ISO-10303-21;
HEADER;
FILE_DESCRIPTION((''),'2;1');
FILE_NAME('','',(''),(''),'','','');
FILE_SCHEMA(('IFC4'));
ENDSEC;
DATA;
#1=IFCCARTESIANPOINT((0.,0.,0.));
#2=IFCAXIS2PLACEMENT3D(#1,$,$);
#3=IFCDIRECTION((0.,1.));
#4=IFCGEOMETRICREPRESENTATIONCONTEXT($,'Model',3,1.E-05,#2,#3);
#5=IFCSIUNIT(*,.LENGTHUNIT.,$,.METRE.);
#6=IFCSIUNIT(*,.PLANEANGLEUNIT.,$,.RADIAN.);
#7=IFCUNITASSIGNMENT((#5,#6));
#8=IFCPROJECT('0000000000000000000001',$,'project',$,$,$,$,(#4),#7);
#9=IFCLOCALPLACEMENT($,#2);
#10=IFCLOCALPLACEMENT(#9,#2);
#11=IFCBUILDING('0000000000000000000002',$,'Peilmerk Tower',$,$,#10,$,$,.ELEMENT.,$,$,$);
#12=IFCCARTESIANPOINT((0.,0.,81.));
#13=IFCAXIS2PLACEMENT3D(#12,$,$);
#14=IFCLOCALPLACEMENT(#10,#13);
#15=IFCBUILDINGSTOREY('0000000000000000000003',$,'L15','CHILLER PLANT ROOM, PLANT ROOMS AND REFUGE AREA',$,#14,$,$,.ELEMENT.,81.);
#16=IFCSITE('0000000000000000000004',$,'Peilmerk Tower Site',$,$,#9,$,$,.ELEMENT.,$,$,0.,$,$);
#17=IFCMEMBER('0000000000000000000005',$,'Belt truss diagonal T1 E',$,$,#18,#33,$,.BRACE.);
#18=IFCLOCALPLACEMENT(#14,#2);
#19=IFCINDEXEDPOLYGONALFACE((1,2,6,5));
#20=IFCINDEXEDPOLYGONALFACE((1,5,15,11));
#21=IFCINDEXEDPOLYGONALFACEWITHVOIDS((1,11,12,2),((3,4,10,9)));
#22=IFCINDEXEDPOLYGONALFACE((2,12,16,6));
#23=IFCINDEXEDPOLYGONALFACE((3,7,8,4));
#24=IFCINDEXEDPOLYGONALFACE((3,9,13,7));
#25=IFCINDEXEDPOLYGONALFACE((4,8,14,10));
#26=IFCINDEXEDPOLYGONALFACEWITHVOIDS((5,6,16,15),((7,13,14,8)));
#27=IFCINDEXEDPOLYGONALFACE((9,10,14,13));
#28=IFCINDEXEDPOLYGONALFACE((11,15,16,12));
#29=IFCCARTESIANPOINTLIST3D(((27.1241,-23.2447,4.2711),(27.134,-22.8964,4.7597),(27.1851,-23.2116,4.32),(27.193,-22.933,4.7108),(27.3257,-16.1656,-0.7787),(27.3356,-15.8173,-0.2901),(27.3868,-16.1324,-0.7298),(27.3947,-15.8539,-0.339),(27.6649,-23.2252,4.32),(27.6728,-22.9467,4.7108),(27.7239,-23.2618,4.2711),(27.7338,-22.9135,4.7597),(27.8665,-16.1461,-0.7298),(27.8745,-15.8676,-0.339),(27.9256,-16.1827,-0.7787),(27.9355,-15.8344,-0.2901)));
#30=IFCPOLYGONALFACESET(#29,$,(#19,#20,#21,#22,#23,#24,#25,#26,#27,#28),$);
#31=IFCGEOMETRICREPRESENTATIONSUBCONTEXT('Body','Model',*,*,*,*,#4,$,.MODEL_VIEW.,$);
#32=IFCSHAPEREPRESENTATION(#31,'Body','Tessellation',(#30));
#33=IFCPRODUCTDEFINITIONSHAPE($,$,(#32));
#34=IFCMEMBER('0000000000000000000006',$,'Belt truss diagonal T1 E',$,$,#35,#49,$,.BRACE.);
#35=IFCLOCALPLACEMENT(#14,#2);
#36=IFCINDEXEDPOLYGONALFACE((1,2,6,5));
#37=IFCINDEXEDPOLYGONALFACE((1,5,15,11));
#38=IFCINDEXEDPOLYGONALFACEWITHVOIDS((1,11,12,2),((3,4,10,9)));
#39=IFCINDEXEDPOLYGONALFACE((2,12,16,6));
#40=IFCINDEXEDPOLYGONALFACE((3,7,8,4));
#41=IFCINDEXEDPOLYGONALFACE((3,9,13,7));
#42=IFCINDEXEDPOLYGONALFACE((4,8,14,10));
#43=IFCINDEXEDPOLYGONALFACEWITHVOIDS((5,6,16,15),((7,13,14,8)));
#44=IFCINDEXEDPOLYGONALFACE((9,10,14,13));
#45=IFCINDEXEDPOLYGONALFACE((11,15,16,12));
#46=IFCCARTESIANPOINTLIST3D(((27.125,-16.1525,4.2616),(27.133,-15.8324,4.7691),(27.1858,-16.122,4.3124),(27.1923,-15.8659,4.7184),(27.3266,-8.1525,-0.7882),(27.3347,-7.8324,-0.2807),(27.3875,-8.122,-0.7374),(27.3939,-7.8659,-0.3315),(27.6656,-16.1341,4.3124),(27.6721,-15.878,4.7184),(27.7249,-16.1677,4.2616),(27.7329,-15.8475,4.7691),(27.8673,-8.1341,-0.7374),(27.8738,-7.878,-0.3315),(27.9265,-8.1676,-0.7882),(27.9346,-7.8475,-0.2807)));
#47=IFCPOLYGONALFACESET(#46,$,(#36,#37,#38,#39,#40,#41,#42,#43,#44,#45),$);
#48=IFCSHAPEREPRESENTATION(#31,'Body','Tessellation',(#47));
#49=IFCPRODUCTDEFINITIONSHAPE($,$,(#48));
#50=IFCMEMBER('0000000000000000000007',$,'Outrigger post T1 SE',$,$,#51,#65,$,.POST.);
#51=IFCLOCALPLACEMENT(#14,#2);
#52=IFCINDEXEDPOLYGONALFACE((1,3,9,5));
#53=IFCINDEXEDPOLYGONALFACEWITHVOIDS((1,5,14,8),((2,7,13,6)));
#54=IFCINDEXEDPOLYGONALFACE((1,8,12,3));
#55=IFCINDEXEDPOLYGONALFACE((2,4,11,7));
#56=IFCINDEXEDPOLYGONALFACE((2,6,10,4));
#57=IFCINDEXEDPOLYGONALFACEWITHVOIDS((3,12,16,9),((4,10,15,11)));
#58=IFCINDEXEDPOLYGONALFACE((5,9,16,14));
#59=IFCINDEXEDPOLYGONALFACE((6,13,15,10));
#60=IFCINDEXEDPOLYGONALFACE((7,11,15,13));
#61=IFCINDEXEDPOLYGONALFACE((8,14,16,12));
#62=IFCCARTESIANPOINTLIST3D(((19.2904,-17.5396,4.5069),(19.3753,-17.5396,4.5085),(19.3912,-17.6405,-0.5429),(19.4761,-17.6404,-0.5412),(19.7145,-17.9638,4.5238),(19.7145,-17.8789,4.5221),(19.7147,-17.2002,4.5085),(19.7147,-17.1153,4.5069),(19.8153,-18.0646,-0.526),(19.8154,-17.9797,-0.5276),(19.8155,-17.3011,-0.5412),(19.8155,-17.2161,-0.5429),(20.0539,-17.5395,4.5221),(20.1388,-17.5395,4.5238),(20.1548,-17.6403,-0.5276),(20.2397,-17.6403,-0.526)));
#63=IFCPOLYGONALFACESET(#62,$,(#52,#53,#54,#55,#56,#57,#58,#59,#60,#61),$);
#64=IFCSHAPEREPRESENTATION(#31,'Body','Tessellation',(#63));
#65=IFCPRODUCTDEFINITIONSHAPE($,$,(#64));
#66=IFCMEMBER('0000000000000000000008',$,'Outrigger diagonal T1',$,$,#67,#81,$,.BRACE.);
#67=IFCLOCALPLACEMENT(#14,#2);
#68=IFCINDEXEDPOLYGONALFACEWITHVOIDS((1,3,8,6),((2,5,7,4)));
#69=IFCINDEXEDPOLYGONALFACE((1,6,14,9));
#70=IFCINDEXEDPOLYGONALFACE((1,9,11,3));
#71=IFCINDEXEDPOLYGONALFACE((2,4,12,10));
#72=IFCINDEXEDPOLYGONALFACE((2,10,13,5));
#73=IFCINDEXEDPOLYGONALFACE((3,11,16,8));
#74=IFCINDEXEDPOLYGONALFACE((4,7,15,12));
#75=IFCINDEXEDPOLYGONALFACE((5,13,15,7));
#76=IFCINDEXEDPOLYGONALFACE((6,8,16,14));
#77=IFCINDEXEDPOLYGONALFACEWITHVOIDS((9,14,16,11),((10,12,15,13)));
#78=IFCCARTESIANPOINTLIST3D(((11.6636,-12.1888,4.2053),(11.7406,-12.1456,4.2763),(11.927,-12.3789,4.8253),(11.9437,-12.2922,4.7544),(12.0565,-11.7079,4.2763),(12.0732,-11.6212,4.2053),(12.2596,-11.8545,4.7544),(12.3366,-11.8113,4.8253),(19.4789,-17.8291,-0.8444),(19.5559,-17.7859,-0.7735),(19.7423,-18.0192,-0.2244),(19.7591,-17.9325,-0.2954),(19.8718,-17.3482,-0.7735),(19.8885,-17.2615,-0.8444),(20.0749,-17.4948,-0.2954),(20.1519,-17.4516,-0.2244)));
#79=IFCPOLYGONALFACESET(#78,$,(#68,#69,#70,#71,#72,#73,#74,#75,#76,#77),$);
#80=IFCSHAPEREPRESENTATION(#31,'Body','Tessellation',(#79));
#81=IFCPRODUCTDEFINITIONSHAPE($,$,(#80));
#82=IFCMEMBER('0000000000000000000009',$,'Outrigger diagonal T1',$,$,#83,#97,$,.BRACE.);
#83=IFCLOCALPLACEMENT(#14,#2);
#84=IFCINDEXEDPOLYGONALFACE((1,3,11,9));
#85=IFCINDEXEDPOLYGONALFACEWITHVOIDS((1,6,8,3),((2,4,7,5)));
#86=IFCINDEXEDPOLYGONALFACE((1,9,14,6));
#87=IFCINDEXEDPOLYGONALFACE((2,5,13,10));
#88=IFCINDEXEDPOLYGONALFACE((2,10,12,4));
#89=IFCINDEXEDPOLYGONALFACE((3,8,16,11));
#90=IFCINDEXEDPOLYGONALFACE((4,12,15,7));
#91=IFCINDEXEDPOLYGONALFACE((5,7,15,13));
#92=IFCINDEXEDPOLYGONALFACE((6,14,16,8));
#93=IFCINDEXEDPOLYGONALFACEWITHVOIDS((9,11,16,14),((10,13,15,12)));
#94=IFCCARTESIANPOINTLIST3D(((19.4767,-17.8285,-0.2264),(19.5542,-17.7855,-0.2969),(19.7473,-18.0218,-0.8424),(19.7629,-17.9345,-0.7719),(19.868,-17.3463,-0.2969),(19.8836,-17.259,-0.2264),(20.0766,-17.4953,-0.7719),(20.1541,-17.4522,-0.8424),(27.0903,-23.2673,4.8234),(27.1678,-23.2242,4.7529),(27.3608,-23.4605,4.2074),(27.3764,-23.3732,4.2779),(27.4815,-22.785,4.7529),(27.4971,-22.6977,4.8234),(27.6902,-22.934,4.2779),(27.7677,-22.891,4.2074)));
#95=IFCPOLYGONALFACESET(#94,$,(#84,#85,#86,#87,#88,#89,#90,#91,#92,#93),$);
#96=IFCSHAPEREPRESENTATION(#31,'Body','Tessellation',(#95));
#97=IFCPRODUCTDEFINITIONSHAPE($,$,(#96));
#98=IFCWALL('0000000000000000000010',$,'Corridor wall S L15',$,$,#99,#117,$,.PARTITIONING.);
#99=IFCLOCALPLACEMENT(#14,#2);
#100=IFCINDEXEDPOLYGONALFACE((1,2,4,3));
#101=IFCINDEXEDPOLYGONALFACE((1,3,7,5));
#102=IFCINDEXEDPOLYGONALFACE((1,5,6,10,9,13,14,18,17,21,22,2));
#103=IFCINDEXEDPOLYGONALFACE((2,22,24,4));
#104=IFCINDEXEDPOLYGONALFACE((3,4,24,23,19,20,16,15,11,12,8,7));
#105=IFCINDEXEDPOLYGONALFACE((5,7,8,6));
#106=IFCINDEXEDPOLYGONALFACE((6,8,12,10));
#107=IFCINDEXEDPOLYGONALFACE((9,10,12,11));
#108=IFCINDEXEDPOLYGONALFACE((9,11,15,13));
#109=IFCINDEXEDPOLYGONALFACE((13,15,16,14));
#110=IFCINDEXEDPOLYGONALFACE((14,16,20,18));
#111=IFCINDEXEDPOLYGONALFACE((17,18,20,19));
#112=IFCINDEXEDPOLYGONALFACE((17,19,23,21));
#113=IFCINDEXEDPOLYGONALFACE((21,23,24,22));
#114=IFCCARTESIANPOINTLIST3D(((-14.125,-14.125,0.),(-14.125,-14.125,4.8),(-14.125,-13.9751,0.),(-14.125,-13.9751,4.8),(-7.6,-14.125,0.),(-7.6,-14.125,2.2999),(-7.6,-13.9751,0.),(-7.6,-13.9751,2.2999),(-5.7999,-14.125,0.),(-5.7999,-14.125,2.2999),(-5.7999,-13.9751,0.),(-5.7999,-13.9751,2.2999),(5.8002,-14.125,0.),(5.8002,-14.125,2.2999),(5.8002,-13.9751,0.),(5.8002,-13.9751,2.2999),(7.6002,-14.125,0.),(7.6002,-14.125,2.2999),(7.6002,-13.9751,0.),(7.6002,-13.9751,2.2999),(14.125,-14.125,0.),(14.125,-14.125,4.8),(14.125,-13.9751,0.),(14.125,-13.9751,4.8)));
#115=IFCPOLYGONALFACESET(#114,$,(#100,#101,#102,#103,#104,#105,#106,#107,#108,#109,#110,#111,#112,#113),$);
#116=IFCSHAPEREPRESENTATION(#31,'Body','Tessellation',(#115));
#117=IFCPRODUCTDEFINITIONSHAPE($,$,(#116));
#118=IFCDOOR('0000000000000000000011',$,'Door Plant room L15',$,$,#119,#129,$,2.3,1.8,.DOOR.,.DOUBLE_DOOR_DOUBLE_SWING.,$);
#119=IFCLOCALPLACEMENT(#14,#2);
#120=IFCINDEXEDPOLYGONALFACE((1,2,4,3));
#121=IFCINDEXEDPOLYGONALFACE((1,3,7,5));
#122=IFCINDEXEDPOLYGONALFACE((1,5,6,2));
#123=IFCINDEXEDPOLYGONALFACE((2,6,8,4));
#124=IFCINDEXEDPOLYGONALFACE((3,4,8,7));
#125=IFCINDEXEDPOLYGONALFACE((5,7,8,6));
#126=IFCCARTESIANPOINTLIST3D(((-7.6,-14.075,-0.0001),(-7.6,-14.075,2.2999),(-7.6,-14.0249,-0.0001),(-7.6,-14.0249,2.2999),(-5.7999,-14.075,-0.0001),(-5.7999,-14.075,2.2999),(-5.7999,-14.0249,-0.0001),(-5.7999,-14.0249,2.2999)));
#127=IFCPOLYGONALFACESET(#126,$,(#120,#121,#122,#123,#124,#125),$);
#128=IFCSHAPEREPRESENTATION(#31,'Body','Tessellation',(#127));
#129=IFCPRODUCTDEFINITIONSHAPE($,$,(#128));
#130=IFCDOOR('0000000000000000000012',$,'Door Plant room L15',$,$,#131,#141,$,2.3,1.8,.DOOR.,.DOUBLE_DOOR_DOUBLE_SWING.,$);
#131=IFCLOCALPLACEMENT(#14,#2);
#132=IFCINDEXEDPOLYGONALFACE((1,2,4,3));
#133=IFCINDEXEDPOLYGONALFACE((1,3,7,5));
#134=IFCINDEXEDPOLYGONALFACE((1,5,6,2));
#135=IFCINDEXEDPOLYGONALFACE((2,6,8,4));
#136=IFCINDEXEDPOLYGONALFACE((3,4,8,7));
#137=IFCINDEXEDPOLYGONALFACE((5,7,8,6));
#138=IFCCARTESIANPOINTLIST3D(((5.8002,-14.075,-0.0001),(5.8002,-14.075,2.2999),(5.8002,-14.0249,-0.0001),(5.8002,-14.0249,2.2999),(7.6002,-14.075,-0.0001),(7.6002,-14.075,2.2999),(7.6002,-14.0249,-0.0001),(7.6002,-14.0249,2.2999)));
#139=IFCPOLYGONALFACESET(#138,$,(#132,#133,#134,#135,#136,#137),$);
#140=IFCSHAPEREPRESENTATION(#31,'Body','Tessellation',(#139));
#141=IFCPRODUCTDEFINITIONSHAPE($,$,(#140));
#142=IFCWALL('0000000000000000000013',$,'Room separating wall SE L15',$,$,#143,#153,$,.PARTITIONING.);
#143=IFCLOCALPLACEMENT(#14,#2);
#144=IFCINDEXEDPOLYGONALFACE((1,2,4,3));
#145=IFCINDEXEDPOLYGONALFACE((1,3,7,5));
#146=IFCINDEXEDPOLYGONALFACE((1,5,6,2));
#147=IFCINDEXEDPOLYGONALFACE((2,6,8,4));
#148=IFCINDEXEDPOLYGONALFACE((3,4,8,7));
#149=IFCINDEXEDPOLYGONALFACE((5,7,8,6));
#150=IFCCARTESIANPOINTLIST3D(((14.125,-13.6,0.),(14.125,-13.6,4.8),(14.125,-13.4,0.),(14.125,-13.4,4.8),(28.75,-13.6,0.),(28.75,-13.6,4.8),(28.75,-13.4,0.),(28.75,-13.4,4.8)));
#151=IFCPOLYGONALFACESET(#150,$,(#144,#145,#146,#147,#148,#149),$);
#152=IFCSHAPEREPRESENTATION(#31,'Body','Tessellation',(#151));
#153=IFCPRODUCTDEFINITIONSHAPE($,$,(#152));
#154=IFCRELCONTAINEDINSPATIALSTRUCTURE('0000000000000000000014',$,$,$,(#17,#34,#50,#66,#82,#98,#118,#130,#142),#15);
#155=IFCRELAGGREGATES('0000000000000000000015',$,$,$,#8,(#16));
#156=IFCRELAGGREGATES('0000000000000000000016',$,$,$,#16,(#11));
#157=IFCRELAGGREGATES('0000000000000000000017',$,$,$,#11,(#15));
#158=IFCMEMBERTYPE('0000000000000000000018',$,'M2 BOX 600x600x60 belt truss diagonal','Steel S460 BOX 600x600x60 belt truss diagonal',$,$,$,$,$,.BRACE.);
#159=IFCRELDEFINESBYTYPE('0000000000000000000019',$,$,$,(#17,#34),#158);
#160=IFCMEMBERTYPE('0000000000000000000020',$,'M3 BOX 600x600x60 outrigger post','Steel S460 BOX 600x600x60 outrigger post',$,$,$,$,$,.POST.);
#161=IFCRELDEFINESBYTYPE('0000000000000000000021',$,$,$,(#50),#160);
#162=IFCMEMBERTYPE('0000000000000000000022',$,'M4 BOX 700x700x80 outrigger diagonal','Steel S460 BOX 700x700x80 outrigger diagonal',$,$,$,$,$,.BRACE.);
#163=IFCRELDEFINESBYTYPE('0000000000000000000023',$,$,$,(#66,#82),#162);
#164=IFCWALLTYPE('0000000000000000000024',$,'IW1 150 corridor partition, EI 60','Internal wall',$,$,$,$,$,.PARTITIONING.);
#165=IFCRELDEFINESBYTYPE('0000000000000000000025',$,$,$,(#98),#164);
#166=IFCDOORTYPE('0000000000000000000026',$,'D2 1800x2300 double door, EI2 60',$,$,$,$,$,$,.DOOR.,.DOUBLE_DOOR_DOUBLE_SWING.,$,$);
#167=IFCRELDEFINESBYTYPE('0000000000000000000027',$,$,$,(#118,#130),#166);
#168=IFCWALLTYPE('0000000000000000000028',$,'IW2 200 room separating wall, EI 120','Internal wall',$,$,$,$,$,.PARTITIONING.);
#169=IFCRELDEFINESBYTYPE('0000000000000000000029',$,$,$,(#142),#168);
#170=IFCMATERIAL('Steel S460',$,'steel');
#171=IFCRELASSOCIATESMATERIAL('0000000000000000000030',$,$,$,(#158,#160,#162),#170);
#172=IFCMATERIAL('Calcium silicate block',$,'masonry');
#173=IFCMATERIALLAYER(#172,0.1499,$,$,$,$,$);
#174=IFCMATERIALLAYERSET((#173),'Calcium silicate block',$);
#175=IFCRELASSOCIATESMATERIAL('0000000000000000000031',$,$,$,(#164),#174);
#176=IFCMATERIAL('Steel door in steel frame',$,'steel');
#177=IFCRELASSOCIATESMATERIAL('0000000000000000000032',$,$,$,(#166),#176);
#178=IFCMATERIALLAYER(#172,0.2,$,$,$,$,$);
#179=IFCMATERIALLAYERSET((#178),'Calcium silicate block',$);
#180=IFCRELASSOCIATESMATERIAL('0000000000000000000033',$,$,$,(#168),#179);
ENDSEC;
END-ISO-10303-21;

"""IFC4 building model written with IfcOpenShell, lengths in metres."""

from ifc_helpers import new_model, si_unit, direction, frame, frame_2d, origin, origin_2d, place, context, subcontext, project, spatial, rectangle, hollow_rectangle, extrude, material, layer, layer_set, material_profile, profile_set, type_object, element, fill, save


model = new_model("IFC4")

# Units and contexts
model_context = context("Model", 3, precision=1e-05, world=origin(), true_north=direction((0.0, 1.0)))
body_context = subcontext(model_context, "Body", "Model", "MODEL_VIEW")
ifc_project = project(units=[si_unit("LENGTHUNIT", "METRE"), si_unit("PLANEANGLEUNIT", "RADIAN")], contexts=[model_context])

# Site, building, storey
site_placement = place(None, origin())
site = spatial("IfcSite", under=ifc_project, at=site_placement, Name="Peilmerk Tower Site", CompositionType="ELEMENT", RefElevation=0.0)
building_placement = place(site_placement, origin())
building = spatial("IfcBuilding", under=site, at=building_placement, Name="Peilmerk Tower", CompositionType="ELEMENT")
storey_placement = place(building_placement, frame((0.0, 0.0, 81.0)))
storey = spatial("IfcBuildingStorey", under=building, at=storey_placement, Name="L15", Description="CHILLER PLANT ROOM, PLANT ROOMS AND REFUGE AREA", CompositionType="ELEMENT", Elevation=81.0)

# Shared definitions
ifc_material_1 = material(Name="Steel S460", Category="steel")

# Members
ifc_material_profile_1 = material_profile(ifc_material_1, hollow_rectangle(XDim=0.6001, YDim=0.6001, WallThickness=0.0601, at=origin_2d()), Name="BOX 600x600x60")
ifc_profile_set_1 = profile_set([ifc_material_profile_1], Name="Steel S460")
member_type_1 = type_object("IfcMemberType", Name="M2 BOX 600x600x60 belt truss diagonal", Description="Steel S460 BOX 600x600x60 belt truss diagonal", PredefinedType="BRACE", material=ifc_profile_set_1)
member_1_placement = place(storey_placement, frame((27.6306, -16.0, -0.5344), z_axis=(-0.023185, -0.813879, 0.580572), x_axis=(0.999595, -0.028475, 0.0)))
element("IfcMember", 1, at=member_1_placement, inside=storey, type_object=member_type_1, Name="Belt truss diagonal T1 E", PredefinedType="BRACE", context=body_context, shape_type="SweptSolid", body=[
    extrude(hollow_rectangle(XDim=0.6001, YDim=0.6001, WallThickness=0.0601, at=origin_2d()), origin(), (0.0, 0.0, 1.0), 8.698),
])
member_2_placement = place(storey_placement, frame((27.6306, -8.0, -0.5344), z_axis=(-0.021311, -0.845432, 0.533658), x_axis=(0.999682, -0.0252, 0.0)))
element("IfcMember", 2, at=member_2_placement, inside=storey, type_object=member_type_1, Name="Belt truss diagonal T1 E", PredefinedType="BRACE", context=body_context, shape_type="SweptSolid", body=[
    extrude(hollow_rectangle(XDim=0.6001, YDim=0.6001, WallThickness=0.0601, at=origin_2d()), origin(), (0.0, 0.0, 1.0), 9.4626),
])
ifc_material_profile_2 = material_profile(ifc_material_1, hollow_rectangle(XDim=0.6001, YDim=0.6001, WallThickness=0.0601, at=origin_2d()), Name="BOX 600x600x60")
ifc_profile_set_2 = profile_set([ifc_material_profile_2], Name="Steel S460")
member_type_2 = type_object("IfcMemberType", Name="M3 BOX 600x600x60 outrigger post", Description="Steel S460 BOX 600x600x60 outrigger post", PredefinedType="POST", material=ifc_profile_set_2)
member_3_placement = place(storey_placement, frame((19.8154, -17.6404, -0.5344), z_axis=(-0.019959, 0.019959, 0.999602), x_axis=(-0.707107, -0.707107, 0.0)))
element("IfcMember", 3, at=member_3_placement, inside=storey, type_object=member_type_2, Name="Outrigger post T1 SE", PredefinedType="POST", context=body_context, shape_type="SweptSolid", body=[
    extrude(hollow_rectangle(XDim=0.6001, YDim=0.6001, WallThickness=0.0601, at=origin_2d()), origin(), (0.0, 0.0, 1.0), 5.0518),
])
ifc_material_profile_3 = material_profile(ifc_material_1, hollow_rectangle(XDim=0.7, YDim=0.7, WallThickness=0.0801, at=origin_2d()), Name="BOX 700x700x80")
ifc_profile_set_3 = profile_set([ifc_material_profile_3], Name="Steel S460")
member_type_3 = type_object("IfcMemberType", Name="M4 BOX 700x700x80 outrigger diagonal", Description="Steel S460 BOX 700x700x80 outrigger diagonal", PredefinedType="BRACE", material=ifc_profile_set_3)
member_4_placement = place(storey_placement, frame((19.8154, -17.6404, -0.5344), z_axis=(-0.718266, 0.518371, 0.464095), x_axis=(-0.585211, -0.810881, 0.0)))
element("IfcMember", 4, at=member_4_placement, inside=storey, type_object=member_type_3, Name="Outrigger diagonal T1", PredefinedType="BRACE", context=body_context, shape_type="SweptSolid", body=[
    extrude(hollow_rectangle(XDim=0.7, YDim=0.7, WallThickness=0.0801, at=origin_2d()), origin(), (0.0, 0.0, 1.0), 10.8809),
])
member_5_placement = place(storey_placement, frame((19.8154, -17.6404, -0.5344), z_axis=(0.716075, -0.511528, 0.474949), x_axis=(0.581273, 0.813709, 0.0)))
element("IfcMember", 5, at=member_5_placement, inside=storey, type_object=member_type_3, Name="Outrigger diagonal T1", PredefinedType="BRACE", context=body_context, shape_type="SweptSolid", body=[
    extrude(hollow_rectangle(XDim=0.7, YDim=0.7, WallThickness=0.0801, at=origin_2d()), origin(), (0.0, 0.0, 1.0), 10.6323),
])

# Wall, openings, doors
ifc_material_2 = material(Name="Calcium silicate block", Category="masonry")
ifc_layer_1 = layer(ifc_material_2, 0.1499)
ifc_layer_set_1 = layer_set([ifc_layer_1], Name="Calcium silicate block")
wall_type_1 = type_object("IfcWallType", Name="IW1 150 corridor partition, EI 60", Description="Internal wall", PredefinedType="PARTITIONING", material=ifc_layer_set_1)
wall_1_placement = place(storey_placement, frame((14.125, -14.05, 0.0), z_axis=(0.0, 0.0, 1.0), x_axis=(-1.0, 0.0, 0.0)))
wall_1 = element("IfcWall", 6, at=wall_1_placement, inside=storey, type_object=wall_type_1, Name="Corridor wall S L15", PredefinedType="PARTITIONING", context=body_context, shape_type="SweptSolid", body=[
    extrude(rectangle(XDim=28.25, YDim=0.1499, at=frame_2d((14.125, 0.0))), origin(), (0.0, 0.0, 1.0), 4.8),
])
opening_1_placement = place(wall_1_placement, frame((19.925, 0.0, 0.0)))
opening_1 = element("IfcOpeningElement", 7, at=opening_1_placement, cuts=wall_1, PredefinedType="OPENING", context=body_context, shape_type="SweptSolid", body=[
    extrude(rectangle(XDim=1.8, YDim=2.3, at=frame_2d((0.8999, 1.1499))), frame((0.0, 0.085, 0.0), z_axis=(0.0, -1.0, 0.0), x_axis=(1.0, 0.0, 0.0)), (0.0, 0.0, 1.0), 0.1699),
])
opening_2_placement = place(wall_1_placement, frame((6.5249, 0.0, 0.0)))
opening_2 = element("IfcOpeningElement", 8, at=opening_2_placement, cuts=wall_1, PredefinedType="OPENING", context=body_context, shape_type="SweptSolid", body=[
    extrude(rectangle(XDim=1.8, YDim=2.3, at=frame_2d((0.8999, 1.1499))), frame((0.0, 0.085, 0.0), z_axis=(0.0, -1.0, 0.0), x_axis=(1.0, 0.0, 0.0)), (0.0, 0.0, 1.0), 0.1699),
])
ifc_material_3 = material(Name="Steel door in steel frame", Category="steel")
door_type = type_object("IfcDoorType", Name="D2 1800x2300 double door, EI2 60", OperationType="DOUBLE_DOOR_DOUBLE_SWING", PredefinedType="DOOR", material=ifc_material_3)
door_1_placement = place(opening_1_placement, origin())
door_1 = element("IfcDoor", 9, at=door_1_placement, inside=storey, type_object=door_type, Name="Door Plant room L15", OperationType="DOUBLE_DOOR_DOUBLE_SWING", OverallHeight=2.3, OverallWidth=1.8, PredefinedType="DOOR", context=body_context, shape_type="SweptSolid", body=[
    extrude(rectangle(XDim=1.8, YDim=2.3, at=frame_2d((0.8999, 1.1499))), frame((0.0, 0.0249, 0.0), z_axis=(0.0, -1.0, 0.0), x_axis=(1.0, 0.0, 0.0)), (0.0, 0.0, 1.0), 0.05),
])
fill(opening_1, door_1)
door_2_placement = place(opening_2_placement, origin())
door_2 = element("IfcDoor", 10, at=door_2_placement, inside=storey, type_object=door_type, Name="Door Plant room L15", OperationType="DOUBLE_DOOR_DOUBLE_SWING", OverallHeight=2.3, OverallWidth=1.8, PredefinedType="DOOR", context=body_context, shape_type="SweptSolid", body=[
    extrude(rectangle(XDim=1.8, YDim=2.3, at=frame_2d((0.8999, 1.1499))), frame((0.0, 0.0249, 0.0), z_axis=(0.0, -1.0, 0.0), x_axis=(1.0, 0.0, 0.0)), (0.0, 0.0, 1.0), 0.05),
])
fill(opening_2, door_2)

# Wall
ifc_layer_2 = layer(ifc_material_2, 0.2)
ifc_layer_set_2 = layer_set([ifc_layer_2], Name="Calcium silicate block")
wall_type_2 = type_object("IfcWallType", Name="IW2 200 room separating wall, EI 120", Description="Internal wall", PredefinedType="PARTITIONING", material=ifc_layer_set_2)
wall_2_placement = place(storey_placement, frame((28.75, -13.5, 0.0), z_axis=(0.0, 0.0, 1.0), x_axis=(-1.0, 0.0, 0.0)))
element("IfcWall", 11, at=wall_2_placement, inside=storey, type_object=wall_type_2, Name="Room separating wall SE L15", PredefinedType="PARTITIONING", context=body_context, shape_type="SweptSolid", body=[
    extrude(rectangle(XDim=14.625, YDim=0.2, at=frame_2d((7.3125, 0.0))), origin(), (0.0, 0.0, 1.0), 4.8),
])

save(model, "model.ifc")
